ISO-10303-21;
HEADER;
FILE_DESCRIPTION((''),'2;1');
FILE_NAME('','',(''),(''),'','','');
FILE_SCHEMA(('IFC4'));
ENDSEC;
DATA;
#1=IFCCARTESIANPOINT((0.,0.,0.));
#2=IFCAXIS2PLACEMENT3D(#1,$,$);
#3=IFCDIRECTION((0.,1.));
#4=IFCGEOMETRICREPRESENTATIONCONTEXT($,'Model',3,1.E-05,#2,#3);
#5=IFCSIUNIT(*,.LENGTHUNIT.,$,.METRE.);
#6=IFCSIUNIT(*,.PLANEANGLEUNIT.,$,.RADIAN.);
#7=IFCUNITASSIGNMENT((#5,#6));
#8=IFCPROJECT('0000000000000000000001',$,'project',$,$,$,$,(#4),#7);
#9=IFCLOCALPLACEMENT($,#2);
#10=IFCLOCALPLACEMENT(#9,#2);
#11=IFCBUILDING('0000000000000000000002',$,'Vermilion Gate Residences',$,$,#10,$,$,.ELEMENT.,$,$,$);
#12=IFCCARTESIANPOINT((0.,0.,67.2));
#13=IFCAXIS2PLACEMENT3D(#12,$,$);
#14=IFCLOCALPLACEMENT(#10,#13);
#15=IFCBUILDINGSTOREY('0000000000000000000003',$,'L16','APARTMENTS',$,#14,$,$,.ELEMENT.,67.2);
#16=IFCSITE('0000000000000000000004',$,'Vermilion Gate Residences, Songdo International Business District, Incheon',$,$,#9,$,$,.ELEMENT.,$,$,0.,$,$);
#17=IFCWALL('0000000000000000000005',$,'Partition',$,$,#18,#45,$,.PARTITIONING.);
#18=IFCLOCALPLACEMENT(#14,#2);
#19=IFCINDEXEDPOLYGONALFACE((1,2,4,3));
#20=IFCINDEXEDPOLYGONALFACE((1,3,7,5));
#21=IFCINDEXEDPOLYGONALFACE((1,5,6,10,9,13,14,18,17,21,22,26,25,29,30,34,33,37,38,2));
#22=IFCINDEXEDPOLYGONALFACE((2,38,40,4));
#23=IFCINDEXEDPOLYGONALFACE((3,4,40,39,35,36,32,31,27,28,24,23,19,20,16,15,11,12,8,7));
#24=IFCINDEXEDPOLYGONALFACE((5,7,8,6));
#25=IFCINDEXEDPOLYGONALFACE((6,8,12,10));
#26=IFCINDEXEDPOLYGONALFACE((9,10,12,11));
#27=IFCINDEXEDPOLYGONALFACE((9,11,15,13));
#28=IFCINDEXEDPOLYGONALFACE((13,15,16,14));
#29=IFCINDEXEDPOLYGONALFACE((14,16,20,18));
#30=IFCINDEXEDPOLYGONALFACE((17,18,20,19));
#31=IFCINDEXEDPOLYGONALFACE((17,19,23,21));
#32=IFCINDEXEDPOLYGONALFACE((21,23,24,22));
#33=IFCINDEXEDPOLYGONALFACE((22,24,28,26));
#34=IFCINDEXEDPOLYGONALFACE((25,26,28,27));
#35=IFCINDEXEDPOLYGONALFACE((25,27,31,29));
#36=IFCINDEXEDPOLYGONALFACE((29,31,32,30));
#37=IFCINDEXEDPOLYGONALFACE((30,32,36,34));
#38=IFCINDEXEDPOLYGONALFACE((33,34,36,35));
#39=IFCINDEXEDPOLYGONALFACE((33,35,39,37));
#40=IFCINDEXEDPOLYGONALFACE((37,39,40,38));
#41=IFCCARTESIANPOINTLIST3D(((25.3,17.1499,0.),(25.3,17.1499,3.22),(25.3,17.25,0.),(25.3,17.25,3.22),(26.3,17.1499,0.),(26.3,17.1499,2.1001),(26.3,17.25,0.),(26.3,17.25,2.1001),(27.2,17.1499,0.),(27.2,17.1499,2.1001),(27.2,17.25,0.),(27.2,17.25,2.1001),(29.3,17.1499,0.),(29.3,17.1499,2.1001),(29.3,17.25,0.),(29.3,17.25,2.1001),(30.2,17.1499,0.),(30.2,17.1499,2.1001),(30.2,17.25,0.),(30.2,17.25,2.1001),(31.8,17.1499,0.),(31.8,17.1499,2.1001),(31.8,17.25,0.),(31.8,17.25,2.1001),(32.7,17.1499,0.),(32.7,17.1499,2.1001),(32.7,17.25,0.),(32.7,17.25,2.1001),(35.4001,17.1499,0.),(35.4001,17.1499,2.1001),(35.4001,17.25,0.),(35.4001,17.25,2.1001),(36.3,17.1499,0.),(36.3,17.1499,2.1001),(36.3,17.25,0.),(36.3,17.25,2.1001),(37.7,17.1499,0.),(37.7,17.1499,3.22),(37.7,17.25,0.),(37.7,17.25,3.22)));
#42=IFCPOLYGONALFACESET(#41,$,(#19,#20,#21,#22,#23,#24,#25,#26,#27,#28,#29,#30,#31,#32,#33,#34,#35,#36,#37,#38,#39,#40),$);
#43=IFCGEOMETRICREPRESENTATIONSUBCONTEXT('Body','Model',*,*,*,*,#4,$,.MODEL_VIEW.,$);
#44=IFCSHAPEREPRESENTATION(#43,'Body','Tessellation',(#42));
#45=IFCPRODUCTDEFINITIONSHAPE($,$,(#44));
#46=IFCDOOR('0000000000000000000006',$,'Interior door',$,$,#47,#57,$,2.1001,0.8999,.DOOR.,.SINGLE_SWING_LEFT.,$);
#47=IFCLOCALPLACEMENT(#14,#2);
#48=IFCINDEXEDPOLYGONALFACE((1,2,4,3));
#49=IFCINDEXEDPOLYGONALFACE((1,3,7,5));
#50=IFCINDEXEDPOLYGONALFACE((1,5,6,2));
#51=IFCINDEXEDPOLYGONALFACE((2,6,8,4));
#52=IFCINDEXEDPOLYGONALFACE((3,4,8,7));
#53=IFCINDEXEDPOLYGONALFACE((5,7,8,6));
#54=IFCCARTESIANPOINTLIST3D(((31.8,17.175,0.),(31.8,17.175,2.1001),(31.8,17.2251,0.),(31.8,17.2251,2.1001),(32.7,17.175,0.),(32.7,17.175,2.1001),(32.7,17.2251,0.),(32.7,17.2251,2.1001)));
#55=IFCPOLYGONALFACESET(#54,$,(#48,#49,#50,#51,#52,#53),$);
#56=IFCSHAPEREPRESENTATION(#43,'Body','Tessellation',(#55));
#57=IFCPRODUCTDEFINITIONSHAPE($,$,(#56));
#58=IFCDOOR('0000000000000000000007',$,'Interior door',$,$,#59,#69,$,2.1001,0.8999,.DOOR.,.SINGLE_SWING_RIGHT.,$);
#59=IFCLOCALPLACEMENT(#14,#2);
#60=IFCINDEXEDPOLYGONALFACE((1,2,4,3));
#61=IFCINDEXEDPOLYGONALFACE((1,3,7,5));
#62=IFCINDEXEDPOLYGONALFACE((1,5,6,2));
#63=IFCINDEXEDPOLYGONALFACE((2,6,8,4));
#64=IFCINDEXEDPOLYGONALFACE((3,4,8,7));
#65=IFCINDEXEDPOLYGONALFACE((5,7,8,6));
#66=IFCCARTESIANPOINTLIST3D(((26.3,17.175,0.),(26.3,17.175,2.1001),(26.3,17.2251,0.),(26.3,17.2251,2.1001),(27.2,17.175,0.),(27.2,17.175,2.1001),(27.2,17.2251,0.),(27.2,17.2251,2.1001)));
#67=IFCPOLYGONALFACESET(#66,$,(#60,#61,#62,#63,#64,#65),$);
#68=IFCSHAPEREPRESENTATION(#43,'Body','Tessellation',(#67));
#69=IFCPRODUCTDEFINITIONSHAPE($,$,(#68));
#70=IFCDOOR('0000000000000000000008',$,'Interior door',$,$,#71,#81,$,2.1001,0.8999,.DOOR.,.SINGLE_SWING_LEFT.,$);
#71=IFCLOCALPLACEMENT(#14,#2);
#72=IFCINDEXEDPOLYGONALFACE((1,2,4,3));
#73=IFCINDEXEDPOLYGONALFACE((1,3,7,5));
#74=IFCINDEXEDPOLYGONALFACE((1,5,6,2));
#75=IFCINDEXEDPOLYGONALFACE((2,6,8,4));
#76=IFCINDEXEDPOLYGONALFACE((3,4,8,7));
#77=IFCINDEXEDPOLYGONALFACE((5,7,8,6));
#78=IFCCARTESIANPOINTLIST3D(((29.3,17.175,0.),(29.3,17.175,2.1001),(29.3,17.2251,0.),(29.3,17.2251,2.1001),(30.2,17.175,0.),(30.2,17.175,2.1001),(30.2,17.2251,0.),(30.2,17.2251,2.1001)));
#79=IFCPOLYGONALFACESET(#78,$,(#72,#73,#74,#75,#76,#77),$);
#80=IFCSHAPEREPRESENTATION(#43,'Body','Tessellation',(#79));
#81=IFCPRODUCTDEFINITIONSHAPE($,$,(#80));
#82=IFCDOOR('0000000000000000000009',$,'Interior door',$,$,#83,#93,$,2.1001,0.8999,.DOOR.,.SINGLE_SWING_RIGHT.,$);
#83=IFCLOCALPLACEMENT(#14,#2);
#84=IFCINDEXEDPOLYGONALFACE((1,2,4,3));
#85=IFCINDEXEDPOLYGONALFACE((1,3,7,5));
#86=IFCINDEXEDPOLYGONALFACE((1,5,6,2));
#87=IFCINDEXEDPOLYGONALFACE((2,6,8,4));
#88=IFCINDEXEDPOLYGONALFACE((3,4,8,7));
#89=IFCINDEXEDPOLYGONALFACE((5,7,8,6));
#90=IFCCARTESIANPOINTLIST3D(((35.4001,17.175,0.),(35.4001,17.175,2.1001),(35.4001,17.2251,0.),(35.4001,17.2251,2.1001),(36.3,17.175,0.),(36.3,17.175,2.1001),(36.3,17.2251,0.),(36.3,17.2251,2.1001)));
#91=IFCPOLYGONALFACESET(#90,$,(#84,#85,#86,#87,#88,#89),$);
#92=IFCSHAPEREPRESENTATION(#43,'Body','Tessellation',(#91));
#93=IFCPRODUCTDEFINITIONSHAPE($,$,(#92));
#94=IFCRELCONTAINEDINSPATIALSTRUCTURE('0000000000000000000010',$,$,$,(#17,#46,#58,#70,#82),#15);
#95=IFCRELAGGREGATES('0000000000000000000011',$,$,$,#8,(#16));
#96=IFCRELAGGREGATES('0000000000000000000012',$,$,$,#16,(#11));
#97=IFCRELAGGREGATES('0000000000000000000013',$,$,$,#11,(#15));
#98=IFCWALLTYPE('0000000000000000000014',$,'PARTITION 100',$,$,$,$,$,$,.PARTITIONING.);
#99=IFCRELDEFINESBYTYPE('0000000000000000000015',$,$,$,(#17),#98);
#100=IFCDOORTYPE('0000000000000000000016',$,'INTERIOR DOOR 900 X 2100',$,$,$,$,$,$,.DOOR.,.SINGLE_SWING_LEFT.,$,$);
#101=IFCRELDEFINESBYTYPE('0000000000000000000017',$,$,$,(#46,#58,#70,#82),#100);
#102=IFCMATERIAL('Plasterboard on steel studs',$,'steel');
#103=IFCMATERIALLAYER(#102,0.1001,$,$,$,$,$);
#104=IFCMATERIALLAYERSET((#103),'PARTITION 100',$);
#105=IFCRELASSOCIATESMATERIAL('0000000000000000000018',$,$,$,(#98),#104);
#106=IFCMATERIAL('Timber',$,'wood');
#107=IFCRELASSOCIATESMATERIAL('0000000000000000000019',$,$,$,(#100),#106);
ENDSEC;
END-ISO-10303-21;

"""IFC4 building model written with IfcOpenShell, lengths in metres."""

from ifc_helpers import new_model, si_unit, direction, frame, frame_2d, origin, place, context, subcontext, project, spatial, rectangle, extrude, material, layer, layer_set, type_object, element, fill, save


model = new_model("IFC4")

# Units and contexts
model_context = context("Model", 3, precision=1e-05, world=origin(), true_north=direction((0.0, 1.0)))
body_context = subcontext(model_context, "Body", "Model", "MODEL_VIEW")
ifc_project = project(units=[si_unit("LENGTHUNIT", "METRE"), si_unit("PLANEANGLEUNIT", "RADIAN")], contexts=[model_context])

# Site, building, storey
site_placement = place(None, origin())
site = spatial("IfcSite", under=ifc_project, at=site_placement, Name="Vermilion Gate Residences, Songdo International Business District, Incheon", CompositionType="ELEMENT", RefElevation=0.0)
building_placement = place(site_placement, origin())
building = spatial("IfcBuilding", under=site, at=building_placement, Name="Vermilion Gate Residences", CompositionType="ELEMENT")
storey_placement = place(building_placement, frame((0.0, 0.0, 67.2)))
storey = spatial("IfcBuildingStorey", under=building, at=storey_placement, Name="L16", Description="APARTMENTS", CompositionType="ELEMENT", Elevation=67.2)

# Wall, openings, doors
ifc_material_1 = material(Name="Plasterboard on steel studs", Category="steel")
ifc_layer_1 = layer(ifc_material_1, 0.1001)
ifc_layer_set_1 = layer_set([ifc_layer_1], Name="PARTITION 100")
wall_type_1 = type_object("IfcWallType", Name="PARTITION 100", PredefinedType="PARTITIONING", material=ifc_layer_set_1)
wall_1_placement = place(storey_placement, frame((25.3, 17.2, 0.0), z_axis=(0.0, 0.0, 1.0), x_axis=(1.0, 0.0, 0.0)))
wall_1 = element("IfcWall", 1, at=wall_1_placement, inside=storey, type_object=wall_type_1, Name="Partition", PredefinedType="PARTITIONING", context=body_context, shape_type="SweptSolid", body=[
    extrude(rectangle(XDim=12.3999, YDim=0.1001, at=frame_2d((6.2, 0.0))), origin(), (0.0, 0.0, 1.0), 3.22),
])
opening_1_placement = place(wall_1_placement, frame((6.5, 0.0, 0.0)))
opening_1 = element("IfcOpeningElement", 2, at=opening_1_placement, cuts=wall_1, PredefinedType="OPENING", context=body_context, shape_type="SweptSolid", body=[
    extrude(rectangle(XDim=0.8999, YDim=2.1001, at=frame_2d((0.45, 1.05))), frame((0.0, 0.0601, 0.0), z_axis=(0.0, -1.0, 0.0), x_axis=(1.0, 0.0, 0.0)), (0.0, 0.0, 1.0), 0.1201),
])
opening_2_placement = place(wall_1_placement, frame((1.0, 0.0, 0.0)))
opening_2 = element("IfcOpeningElement", 3, at=opening_2_placement, cuts=wall_1, PredefinedType="OPENING", context=body_context, shape_type="SweptSolid", body=[
    extrude(rectangle(XDim=0.8999, YDim=2.1001, at=frame_2d((0.45, 1.05))), frame((0.0, 0.0601, 0.0), z_axis=(0.0, -1.0, 0.0), x_axis=(1.0, 0.0, 0.0)), (0.0, 0.0, 1.0), 0.1201),
])
opening_3_placement = place(wall_1_placement, frame((4.0, 0.0, 0.0)))
opening_3 = element("IfcOpeningElement", 4, at=opening_3_placement, cuts=wall_1, PredefinedType="OPENING", context=body_context, shape_type="SweptSolid", body=[
    extrude(rectangle(XDim=0.8999, YDim=2.1001, at=frame_2d((0.45, 1.05))), frame((0.0, 0.0601, 0.0), z_axis=(0.0, -1.0, 0.0), x_axis=(1.0, 0.0, 0.0)), (0.0, 0.0, 1.0), 0.1201),
])
opening_4_placement = place(wall_1_placement, frame((10.1001, 0.0, 0.0)))
opening_4 = element("IfcOpeningElement", 5, at=opening_4_placement, cuts=wall_1, PredefinedType="OPENING", context=body_context, shape_type="SweptSolid", body=[
    extrude(rectangle(XDim=0.8999, YDim=2.1001, at=frame_2d((0.45, 1.05))), frame((0.0, 0.0601, 0.0), z_axis=(0.0, -1.0, 0.0), x_axis=(1.0, 0.0, 0.0)), (0.0, 0.0, 1.0), 0.1201),
])
ifc_material_2 = material(Name="Timber", Category="wood")
door_type_1 = type_object("IfcDoorType", Name="INTERIOR DOOR 900 X 2100", OperationType="SINGLE_SWING_LEFT", PredefinedType="DOOR", material=ifc_material_2)
door_1_placement = place(opening_1_placement, frame((0.8999, 0.0, 0.0), z_axis=(0.0, 0.0, 1.0), x_axis=(-1.0, 0.0, 0.0)))
door_1 = element("IfcDoor", 6, at=door_1_placement, inside=storey, type_object=door_type_1, Name="Interior door", OperationType="SINGLE_SWING_LEFT", OverallHeight=2.1001, OverallWidth=0.8999, PredefinedType="DOOR", context=body_context, shape_type="SweptSolid", body=[
    extrude(rectangle(XDim=0.8999, YDim=2.1001, at=frame_2d((0.45, 1.05))), frame((0.0, 0.0249, 0.0), z_axis=(0.0, -1.0, 0.0), x_axis=(1.0, 0.0, 0.0)), (0.0, 0.0, 1.0), 0.05),
])
fill(opening_1, door_1)
door_2_placement = place(opening_2_placement, frame((0.8999, 0.0, 0.0), z_axis=(0.0, 0.0, 1.0), x_axis=(-1.0, 0.0, 0.0)))
door_2 = element("IfcDoor", 7, at=door_2_placement, inside=storey, type_object=door_type_1, Name="Interior door", OperationType="SINGLE_SWING_RIGHT", OverallHeight=2.1001, OverallWidth=0.8999, PredefinedType="DOOR", context=body_context, shape_type="SweptSolid", body=[
    extrude(rectangle(XDim=0.8999, YDim=2.1001, at=frame_2d((0.45, 1.05))), frame((0.0, 0.0249, 0.0), z_axis=(0.0, -1.0, 0.0), x_axis=(1.0, 0.0, 0.0)), (0.0, 0.0, 1.0), 0.05),
])
fill(opening_2, door_2)
door_3_placement = place(opening_3_placement, frame((0.8999, 0.0, 0.0), z_axis=(0.0, 0.0, 1.0), x_axis=(-1.0, 0.0, 0.0)))
door_3 = element("IfcDoor", 8, at=door_3_placement, inside=storey, type_object=door_type_1, Name="Interior door", OperationType="SINGLE_SWING_LEFT", OverallHeight=2.1001, OverallWidth=0.8999, PredefinedType="DOOR", context=body_context, shape_type="SweptSolid", body=[
    extrude(rectangle(XDim=0.8999, YDim=2.1001, at=frame_2d((0.45, 1.05))), frame((0.0, 0.0249, 0.0), z_axis=(0.0, -1.0, 0.0), x_axis=(1.0, 0.0, 0.0)), (0.0, 0.0, 1.0), 0.05),
])
fill(opening_3, door_3)
door_4_placement = place(opening_4_placement, frame((0.8999, 0.0, 0.0), z_axis=(0.0, 0.0, 1.0), x_axis=(-1.0, 0.0, 0.0)))
door_4 = element("IfcDoor", 9, at=door_4_placement, inside=storey, type_object=door_type_1, Name="Interior door", OperationType="SINGLE_SWING_RIGHT", OverallHeight=2.1001, OverallWidth=0.8999, PredefinedType="DOOR", context=body_context, shape_type="SweptSolid", body=[
    extrude(rectangle(XDim=0.8999, YDim=2.1001, at=frame_2d((0.45, 1.05))), frame((0.0, 0.0249, 0.0), z_axis=(0.0, -1.0, 0.0), x_axis=(1.0, 0.0, 0.0)), (0.0, 0.0, 1.0), 0.05),
])
fill(opening_4, door_4)

save(model, "model.ifc")
